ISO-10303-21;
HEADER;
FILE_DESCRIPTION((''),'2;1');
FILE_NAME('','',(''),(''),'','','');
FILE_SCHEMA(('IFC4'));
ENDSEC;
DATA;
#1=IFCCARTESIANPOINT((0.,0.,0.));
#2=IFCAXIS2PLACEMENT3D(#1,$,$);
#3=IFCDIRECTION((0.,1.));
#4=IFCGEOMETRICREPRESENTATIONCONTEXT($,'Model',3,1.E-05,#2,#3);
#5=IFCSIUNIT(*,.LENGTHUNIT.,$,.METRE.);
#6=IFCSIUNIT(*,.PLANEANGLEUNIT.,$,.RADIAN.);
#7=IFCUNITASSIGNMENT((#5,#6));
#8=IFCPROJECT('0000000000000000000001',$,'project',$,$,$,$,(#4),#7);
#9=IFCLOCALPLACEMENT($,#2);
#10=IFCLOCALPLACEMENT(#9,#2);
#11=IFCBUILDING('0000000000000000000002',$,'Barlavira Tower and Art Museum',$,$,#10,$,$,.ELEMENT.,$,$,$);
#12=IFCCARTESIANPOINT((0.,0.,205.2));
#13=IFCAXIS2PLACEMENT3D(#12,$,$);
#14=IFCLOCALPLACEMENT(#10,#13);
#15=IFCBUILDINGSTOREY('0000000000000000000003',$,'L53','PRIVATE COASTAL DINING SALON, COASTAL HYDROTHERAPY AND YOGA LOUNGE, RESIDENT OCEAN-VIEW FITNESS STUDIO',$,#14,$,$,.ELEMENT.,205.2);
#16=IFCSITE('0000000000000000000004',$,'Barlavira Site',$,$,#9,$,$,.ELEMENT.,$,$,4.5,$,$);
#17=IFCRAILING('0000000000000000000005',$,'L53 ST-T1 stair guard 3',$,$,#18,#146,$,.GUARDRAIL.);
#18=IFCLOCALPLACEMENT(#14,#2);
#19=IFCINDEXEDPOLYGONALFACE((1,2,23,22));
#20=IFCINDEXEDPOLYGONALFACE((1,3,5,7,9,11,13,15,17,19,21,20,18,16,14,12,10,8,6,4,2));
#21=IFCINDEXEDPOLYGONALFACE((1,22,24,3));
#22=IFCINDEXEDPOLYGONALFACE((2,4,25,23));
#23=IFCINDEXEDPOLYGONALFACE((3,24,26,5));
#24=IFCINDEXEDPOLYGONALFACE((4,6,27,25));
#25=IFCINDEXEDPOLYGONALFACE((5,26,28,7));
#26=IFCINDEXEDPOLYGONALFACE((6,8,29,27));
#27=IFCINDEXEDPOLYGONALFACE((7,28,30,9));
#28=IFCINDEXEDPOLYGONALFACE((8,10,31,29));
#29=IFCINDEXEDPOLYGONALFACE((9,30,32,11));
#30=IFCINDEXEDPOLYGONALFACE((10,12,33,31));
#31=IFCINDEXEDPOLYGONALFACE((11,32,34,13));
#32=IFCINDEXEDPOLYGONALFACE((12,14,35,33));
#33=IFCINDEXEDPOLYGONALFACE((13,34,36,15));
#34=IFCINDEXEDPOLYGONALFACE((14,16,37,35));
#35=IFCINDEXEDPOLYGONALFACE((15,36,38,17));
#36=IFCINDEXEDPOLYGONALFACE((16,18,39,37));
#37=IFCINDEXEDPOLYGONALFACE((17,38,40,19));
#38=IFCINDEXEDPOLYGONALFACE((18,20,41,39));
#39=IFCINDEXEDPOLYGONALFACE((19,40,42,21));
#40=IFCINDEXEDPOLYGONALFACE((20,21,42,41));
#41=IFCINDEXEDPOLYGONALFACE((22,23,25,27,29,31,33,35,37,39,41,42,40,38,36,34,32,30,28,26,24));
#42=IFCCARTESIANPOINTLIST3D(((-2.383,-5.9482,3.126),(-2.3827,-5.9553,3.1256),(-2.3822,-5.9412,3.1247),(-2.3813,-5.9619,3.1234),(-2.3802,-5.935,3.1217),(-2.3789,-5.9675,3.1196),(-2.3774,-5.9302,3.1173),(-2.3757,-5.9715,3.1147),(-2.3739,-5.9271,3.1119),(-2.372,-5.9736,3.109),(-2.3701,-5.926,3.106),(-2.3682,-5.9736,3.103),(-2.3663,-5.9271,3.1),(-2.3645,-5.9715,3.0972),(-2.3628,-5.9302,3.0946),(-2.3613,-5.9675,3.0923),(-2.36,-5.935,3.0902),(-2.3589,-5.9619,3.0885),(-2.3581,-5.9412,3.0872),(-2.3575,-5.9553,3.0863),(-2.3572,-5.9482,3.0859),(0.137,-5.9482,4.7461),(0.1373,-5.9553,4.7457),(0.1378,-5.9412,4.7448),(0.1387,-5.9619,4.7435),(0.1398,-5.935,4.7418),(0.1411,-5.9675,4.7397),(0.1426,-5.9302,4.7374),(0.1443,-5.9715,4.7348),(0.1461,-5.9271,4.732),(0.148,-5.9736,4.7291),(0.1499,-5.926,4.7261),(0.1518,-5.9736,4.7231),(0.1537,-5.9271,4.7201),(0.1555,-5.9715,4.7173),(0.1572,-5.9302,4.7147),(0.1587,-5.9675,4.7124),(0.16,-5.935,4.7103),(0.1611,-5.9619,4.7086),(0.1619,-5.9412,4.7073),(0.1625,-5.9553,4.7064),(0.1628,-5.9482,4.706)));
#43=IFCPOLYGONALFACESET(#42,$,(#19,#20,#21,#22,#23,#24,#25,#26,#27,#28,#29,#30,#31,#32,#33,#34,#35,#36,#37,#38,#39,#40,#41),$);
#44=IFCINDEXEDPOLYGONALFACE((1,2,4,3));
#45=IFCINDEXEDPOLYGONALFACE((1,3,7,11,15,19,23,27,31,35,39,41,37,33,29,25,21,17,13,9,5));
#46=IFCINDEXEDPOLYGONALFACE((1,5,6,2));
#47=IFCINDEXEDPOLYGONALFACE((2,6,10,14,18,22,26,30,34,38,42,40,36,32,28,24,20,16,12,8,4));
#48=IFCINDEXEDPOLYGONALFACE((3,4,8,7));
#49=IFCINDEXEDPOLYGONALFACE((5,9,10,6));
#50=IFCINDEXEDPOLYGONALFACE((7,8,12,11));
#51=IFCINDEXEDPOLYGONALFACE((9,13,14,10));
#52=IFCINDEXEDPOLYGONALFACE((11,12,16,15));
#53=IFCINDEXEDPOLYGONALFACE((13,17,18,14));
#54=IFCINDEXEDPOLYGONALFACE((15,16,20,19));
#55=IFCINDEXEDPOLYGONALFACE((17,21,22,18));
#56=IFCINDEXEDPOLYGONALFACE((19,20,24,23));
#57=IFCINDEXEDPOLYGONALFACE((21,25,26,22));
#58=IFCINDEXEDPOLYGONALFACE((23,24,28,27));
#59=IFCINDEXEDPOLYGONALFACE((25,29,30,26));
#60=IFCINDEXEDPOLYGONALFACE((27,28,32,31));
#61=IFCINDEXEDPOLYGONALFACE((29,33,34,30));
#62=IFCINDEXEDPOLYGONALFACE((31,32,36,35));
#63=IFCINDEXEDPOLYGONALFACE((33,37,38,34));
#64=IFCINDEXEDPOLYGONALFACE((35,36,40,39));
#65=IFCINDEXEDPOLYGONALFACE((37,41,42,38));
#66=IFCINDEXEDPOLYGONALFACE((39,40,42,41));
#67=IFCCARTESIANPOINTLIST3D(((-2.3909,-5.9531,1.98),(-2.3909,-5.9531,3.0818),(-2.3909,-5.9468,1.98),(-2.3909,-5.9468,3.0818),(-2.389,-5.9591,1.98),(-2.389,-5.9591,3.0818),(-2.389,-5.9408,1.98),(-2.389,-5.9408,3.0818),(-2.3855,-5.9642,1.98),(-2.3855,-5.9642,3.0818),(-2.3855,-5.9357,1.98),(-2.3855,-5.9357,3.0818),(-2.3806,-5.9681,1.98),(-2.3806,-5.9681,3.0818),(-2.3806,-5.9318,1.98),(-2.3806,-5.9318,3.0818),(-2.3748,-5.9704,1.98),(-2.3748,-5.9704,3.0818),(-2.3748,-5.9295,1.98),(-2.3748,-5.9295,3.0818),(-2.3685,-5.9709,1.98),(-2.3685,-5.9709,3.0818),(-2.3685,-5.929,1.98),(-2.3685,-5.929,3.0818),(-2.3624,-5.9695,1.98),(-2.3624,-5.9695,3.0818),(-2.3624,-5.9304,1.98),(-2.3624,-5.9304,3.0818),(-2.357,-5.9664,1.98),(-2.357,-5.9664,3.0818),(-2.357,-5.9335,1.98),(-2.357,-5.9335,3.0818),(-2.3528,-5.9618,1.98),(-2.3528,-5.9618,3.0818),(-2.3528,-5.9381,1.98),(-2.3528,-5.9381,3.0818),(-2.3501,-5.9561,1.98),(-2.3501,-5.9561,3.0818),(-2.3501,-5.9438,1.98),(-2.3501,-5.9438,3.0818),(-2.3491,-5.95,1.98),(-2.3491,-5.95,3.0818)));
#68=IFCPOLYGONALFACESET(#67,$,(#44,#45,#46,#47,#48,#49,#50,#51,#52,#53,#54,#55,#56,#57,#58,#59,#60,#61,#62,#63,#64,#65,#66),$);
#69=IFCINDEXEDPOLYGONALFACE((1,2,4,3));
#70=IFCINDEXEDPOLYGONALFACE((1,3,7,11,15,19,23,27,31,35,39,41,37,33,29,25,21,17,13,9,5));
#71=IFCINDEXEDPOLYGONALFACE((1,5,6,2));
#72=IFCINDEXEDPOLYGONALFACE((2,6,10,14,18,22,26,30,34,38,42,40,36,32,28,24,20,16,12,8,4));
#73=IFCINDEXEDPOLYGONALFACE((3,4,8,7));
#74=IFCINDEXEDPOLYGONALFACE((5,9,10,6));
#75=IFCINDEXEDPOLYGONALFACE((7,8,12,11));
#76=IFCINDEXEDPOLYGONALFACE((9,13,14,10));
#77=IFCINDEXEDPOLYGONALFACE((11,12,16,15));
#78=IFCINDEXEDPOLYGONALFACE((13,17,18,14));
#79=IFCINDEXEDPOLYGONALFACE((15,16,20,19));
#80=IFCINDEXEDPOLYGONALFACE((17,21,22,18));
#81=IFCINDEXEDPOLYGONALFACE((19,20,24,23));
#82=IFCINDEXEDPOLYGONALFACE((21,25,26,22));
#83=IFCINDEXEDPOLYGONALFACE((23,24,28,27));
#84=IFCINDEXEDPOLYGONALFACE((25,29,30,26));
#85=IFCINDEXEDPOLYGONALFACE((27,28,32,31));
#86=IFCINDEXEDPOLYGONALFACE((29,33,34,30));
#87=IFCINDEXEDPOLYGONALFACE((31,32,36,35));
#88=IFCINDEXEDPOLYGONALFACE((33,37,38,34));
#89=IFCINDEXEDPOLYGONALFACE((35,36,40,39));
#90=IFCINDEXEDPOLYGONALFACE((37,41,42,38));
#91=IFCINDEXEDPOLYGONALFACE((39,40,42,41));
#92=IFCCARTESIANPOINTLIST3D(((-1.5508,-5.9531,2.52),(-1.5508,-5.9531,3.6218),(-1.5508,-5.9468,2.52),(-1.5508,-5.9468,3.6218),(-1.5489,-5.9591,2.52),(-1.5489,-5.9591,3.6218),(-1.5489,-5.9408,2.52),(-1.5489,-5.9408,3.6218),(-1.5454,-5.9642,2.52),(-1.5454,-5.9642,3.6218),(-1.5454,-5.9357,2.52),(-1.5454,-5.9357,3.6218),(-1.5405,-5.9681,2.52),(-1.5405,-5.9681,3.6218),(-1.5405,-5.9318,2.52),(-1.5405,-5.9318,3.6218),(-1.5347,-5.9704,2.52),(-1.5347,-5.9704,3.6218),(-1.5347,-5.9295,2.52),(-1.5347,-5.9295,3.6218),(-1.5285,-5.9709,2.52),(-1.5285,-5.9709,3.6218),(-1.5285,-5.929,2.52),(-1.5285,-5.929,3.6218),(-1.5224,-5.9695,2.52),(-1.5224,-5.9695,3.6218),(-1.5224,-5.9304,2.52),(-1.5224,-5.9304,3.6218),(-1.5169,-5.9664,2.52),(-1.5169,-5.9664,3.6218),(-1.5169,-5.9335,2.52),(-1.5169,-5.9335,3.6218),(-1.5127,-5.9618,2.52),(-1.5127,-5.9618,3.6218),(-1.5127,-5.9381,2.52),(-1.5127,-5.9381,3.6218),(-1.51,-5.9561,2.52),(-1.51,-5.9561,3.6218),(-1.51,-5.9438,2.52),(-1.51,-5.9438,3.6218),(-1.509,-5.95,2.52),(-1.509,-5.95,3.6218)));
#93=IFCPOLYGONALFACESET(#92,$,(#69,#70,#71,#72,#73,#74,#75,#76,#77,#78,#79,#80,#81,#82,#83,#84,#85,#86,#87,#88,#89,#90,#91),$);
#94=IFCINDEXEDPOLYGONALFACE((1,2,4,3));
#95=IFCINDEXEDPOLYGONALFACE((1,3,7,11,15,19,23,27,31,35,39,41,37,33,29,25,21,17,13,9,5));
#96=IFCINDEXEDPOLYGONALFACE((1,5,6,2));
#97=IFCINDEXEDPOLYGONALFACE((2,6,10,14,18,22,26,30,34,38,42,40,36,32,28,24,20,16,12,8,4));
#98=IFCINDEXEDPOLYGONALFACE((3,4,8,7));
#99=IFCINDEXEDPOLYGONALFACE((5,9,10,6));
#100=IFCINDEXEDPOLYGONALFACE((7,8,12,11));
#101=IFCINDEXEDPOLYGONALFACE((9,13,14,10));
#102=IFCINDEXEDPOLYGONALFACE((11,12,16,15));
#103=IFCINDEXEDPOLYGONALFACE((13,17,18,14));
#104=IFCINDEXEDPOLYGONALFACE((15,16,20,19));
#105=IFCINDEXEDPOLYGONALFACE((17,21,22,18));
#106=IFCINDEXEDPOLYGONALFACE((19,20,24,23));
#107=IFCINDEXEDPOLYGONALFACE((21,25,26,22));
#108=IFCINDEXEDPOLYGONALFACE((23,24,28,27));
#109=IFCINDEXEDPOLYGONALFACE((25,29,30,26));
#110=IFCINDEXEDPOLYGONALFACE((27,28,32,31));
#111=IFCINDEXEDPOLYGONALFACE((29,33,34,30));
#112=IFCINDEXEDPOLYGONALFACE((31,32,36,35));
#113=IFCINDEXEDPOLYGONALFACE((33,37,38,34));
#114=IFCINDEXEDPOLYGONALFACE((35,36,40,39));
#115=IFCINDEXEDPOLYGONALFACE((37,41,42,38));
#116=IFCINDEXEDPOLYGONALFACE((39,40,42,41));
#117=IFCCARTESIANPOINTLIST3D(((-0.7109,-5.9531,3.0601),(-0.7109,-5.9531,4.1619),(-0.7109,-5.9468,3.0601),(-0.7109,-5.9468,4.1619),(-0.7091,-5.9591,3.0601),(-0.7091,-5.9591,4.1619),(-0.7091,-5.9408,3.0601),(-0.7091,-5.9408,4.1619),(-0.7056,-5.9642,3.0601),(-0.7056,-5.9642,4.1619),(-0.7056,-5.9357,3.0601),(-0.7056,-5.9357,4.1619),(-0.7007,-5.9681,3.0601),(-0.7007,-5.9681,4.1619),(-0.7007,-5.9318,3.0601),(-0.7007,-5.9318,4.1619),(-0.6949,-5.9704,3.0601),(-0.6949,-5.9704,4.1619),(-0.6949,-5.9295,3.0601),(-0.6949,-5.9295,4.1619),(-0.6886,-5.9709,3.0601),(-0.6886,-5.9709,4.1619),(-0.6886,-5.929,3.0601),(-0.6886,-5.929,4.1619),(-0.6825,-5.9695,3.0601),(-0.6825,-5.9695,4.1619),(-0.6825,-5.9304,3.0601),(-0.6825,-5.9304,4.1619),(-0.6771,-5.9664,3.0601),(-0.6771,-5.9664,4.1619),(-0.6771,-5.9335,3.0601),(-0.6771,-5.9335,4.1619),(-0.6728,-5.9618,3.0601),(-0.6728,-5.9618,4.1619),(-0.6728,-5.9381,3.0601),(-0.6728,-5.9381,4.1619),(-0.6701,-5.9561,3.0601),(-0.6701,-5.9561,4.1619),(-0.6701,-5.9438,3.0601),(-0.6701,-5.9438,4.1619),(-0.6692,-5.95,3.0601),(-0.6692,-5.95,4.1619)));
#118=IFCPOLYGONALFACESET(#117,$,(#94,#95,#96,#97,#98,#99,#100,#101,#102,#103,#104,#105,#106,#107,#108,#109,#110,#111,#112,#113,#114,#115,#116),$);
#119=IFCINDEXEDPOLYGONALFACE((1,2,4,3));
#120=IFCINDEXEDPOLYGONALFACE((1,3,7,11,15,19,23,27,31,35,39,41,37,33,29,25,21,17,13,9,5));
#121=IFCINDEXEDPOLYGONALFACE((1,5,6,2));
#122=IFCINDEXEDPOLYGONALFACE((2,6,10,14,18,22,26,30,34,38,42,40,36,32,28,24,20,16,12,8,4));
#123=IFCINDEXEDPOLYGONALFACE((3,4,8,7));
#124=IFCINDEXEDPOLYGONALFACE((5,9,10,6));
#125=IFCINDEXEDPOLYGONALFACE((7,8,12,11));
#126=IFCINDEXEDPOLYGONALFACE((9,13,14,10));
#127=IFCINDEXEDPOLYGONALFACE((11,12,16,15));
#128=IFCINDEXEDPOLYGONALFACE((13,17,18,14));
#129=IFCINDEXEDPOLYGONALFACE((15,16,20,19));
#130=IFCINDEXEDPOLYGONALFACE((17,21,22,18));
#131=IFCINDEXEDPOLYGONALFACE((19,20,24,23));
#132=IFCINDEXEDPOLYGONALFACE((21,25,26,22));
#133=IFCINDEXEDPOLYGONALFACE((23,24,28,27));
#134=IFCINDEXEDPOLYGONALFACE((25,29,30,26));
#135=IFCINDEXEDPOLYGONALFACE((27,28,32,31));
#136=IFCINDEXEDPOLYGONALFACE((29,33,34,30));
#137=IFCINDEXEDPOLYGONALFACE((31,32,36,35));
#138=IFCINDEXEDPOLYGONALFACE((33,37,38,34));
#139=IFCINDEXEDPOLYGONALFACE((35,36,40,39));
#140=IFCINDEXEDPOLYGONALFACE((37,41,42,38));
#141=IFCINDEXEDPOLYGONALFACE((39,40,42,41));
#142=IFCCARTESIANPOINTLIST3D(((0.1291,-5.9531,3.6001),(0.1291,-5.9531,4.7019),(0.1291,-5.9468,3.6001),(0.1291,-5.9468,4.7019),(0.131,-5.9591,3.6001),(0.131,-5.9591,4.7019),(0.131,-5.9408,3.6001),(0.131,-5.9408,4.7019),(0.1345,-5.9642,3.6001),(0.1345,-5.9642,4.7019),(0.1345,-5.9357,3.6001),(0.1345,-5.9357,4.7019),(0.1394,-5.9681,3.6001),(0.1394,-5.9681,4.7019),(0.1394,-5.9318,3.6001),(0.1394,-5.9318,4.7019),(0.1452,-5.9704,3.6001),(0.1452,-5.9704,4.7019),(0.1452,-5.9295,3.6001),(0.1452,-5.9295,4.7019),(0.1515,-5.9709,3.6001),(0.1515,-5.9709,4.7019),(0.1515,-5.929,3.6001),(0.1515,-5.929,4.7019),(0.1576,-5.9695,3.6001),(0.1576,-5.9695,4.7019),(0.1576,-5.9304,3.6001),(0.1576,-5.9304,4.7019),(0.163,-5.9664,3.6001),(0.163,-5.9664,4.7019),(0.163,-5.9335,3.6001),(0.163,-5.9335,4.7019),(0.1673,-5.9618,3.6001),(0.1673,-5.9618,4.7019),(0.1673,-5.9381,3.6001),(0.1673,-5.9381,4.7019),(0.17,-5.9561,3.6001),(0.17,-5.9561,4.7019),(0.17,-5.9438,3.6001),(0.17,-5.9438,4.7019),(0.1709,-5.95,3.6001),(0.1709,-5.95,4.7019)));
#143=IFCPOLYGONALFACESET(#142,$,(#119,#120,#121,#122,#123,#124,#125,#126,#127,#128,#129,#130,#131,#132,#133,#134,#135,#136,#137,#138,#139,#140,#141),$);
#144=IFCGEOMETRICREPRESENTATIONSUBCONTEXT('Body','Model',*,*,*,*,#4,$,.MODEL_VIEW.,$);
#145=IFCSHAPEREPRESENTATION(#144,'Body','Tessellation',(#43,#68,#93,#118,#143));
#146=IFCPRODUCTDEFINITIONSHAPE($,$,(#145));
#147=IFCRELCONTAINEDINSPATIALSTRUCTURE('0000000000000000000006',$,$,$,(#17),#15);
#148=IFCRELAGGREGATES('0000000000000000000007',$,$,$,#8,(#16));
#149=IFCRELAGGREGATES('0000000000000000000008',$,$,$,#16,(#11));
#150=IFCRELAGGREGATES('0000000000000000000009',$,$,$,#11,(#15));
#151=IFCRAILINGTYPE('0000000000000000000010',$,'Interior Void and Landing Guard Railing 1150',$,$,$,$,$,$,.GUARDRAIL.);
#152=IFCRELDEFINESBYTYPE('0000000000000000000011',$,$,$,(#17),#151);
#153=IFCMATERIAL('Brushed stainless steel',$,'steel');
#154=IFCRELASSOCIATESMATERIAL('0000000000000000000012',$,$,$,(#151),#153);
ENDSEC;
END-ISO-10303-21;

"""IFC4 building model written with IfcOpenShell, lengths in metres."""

from ifc_helpers import new_model, si_unit, direction, frame, origin, origin_2d, place, context, subcontext, project, spatial, circle, extrude, material, type_object, element, save


model = new_model("IFC4")

# Units and contexts
model_context = context("Model", 3, precision=1e-05, world=origin(), true_north=direction((0.0, 1.0)))
body_context = subcontext(model_context, "Body", "Model", "MODEL_VIEW")
ifc_project = project(units=[si_unit("LENGTHUNIT", "METRE"), si_unit("PLANEANGLEUNIT", "RADIAN")], contexts=[model_context])

# Site, building, storey
site_placement = place(None, origin())
site = spatial("IfcSite", under=ifc_project, at=site_placement, Name="Barlavira Site", CompositionType="ELEMENT", RefElevation=4.5)
building_placement = place(site_placement, origin())
building = spatial("IfcBuilding", under=site, at=building_placement, Name="Barlavira Tower and Art Museum", CompositionType="ELEMENT")
storey_placement = place(building_placement, frame((0.0, 0.0, 205.2)))
storey = spatial("IfcBuildingStorey", under=building, at=storey_placement, Name="L53", Description="PRIVATE COASTAL DINING SALON, COASTAL HYDROTHERAPY AND YOGA LOUNGE, RESIDENT OCEAN-VIEW FITNESS STUDIO", CompositionType="ELEMENT", Elevation=205.2)

# Shared definitions
ifc_material_1 = material(Name="Brushed stainless steel", Category="steel")

# Railing
railing_type_1 = type_object("IfcRailingType", Name="Interior Void and Landing Guard Railing 1150", PredefinedType="GUARDRAIL", material=ifc_material_1)
railing_1_placement = place(storey_placement, frame((-2.3701, -5.95, 1.98)))
element("IfcRailing", 1, at=railing_1_placement, inside=storey, type_object=railing_type_1, Name="L53 ST-T1 stair guard 3", PredefinedType="GUARDRAIL", context=body_context, shape_type="SweptSolid", body=[
    extrude(circle(Radius=0.0239, at=origin_2d()), frame((0.0, 0.0, 1.126), z_axis=(0.841163, 0.0, 0.540782), x_axis=(0.0, 1.0, 0.0)), (0.0, 0.0, 1.0), 2.9958),
    extrude(circle(Radius=0.021, at=origin_2d()), origin(), (0.0, 0.0, 1.0), 1.1018),
    extrude(circle(Radius=0.021, at=origin_2d()), frame((0.8401, 0.0, 0.54)), (0.0, 0.0, 1.0), 1.1018),
    extrude(circle(Radius=0.021, at=origin_2d()), frame((1.6799, 0.0, 1.0801)), (0.0, 0.0, 1.0), 1.1018),
    extrude(circle(Radius=0.021, at=origin_2d()), frame((2.52, 0.0, 1.6201)), (0.0, 0.0, 1.0), 1.1018),
])

save(model, "model.ifc")
